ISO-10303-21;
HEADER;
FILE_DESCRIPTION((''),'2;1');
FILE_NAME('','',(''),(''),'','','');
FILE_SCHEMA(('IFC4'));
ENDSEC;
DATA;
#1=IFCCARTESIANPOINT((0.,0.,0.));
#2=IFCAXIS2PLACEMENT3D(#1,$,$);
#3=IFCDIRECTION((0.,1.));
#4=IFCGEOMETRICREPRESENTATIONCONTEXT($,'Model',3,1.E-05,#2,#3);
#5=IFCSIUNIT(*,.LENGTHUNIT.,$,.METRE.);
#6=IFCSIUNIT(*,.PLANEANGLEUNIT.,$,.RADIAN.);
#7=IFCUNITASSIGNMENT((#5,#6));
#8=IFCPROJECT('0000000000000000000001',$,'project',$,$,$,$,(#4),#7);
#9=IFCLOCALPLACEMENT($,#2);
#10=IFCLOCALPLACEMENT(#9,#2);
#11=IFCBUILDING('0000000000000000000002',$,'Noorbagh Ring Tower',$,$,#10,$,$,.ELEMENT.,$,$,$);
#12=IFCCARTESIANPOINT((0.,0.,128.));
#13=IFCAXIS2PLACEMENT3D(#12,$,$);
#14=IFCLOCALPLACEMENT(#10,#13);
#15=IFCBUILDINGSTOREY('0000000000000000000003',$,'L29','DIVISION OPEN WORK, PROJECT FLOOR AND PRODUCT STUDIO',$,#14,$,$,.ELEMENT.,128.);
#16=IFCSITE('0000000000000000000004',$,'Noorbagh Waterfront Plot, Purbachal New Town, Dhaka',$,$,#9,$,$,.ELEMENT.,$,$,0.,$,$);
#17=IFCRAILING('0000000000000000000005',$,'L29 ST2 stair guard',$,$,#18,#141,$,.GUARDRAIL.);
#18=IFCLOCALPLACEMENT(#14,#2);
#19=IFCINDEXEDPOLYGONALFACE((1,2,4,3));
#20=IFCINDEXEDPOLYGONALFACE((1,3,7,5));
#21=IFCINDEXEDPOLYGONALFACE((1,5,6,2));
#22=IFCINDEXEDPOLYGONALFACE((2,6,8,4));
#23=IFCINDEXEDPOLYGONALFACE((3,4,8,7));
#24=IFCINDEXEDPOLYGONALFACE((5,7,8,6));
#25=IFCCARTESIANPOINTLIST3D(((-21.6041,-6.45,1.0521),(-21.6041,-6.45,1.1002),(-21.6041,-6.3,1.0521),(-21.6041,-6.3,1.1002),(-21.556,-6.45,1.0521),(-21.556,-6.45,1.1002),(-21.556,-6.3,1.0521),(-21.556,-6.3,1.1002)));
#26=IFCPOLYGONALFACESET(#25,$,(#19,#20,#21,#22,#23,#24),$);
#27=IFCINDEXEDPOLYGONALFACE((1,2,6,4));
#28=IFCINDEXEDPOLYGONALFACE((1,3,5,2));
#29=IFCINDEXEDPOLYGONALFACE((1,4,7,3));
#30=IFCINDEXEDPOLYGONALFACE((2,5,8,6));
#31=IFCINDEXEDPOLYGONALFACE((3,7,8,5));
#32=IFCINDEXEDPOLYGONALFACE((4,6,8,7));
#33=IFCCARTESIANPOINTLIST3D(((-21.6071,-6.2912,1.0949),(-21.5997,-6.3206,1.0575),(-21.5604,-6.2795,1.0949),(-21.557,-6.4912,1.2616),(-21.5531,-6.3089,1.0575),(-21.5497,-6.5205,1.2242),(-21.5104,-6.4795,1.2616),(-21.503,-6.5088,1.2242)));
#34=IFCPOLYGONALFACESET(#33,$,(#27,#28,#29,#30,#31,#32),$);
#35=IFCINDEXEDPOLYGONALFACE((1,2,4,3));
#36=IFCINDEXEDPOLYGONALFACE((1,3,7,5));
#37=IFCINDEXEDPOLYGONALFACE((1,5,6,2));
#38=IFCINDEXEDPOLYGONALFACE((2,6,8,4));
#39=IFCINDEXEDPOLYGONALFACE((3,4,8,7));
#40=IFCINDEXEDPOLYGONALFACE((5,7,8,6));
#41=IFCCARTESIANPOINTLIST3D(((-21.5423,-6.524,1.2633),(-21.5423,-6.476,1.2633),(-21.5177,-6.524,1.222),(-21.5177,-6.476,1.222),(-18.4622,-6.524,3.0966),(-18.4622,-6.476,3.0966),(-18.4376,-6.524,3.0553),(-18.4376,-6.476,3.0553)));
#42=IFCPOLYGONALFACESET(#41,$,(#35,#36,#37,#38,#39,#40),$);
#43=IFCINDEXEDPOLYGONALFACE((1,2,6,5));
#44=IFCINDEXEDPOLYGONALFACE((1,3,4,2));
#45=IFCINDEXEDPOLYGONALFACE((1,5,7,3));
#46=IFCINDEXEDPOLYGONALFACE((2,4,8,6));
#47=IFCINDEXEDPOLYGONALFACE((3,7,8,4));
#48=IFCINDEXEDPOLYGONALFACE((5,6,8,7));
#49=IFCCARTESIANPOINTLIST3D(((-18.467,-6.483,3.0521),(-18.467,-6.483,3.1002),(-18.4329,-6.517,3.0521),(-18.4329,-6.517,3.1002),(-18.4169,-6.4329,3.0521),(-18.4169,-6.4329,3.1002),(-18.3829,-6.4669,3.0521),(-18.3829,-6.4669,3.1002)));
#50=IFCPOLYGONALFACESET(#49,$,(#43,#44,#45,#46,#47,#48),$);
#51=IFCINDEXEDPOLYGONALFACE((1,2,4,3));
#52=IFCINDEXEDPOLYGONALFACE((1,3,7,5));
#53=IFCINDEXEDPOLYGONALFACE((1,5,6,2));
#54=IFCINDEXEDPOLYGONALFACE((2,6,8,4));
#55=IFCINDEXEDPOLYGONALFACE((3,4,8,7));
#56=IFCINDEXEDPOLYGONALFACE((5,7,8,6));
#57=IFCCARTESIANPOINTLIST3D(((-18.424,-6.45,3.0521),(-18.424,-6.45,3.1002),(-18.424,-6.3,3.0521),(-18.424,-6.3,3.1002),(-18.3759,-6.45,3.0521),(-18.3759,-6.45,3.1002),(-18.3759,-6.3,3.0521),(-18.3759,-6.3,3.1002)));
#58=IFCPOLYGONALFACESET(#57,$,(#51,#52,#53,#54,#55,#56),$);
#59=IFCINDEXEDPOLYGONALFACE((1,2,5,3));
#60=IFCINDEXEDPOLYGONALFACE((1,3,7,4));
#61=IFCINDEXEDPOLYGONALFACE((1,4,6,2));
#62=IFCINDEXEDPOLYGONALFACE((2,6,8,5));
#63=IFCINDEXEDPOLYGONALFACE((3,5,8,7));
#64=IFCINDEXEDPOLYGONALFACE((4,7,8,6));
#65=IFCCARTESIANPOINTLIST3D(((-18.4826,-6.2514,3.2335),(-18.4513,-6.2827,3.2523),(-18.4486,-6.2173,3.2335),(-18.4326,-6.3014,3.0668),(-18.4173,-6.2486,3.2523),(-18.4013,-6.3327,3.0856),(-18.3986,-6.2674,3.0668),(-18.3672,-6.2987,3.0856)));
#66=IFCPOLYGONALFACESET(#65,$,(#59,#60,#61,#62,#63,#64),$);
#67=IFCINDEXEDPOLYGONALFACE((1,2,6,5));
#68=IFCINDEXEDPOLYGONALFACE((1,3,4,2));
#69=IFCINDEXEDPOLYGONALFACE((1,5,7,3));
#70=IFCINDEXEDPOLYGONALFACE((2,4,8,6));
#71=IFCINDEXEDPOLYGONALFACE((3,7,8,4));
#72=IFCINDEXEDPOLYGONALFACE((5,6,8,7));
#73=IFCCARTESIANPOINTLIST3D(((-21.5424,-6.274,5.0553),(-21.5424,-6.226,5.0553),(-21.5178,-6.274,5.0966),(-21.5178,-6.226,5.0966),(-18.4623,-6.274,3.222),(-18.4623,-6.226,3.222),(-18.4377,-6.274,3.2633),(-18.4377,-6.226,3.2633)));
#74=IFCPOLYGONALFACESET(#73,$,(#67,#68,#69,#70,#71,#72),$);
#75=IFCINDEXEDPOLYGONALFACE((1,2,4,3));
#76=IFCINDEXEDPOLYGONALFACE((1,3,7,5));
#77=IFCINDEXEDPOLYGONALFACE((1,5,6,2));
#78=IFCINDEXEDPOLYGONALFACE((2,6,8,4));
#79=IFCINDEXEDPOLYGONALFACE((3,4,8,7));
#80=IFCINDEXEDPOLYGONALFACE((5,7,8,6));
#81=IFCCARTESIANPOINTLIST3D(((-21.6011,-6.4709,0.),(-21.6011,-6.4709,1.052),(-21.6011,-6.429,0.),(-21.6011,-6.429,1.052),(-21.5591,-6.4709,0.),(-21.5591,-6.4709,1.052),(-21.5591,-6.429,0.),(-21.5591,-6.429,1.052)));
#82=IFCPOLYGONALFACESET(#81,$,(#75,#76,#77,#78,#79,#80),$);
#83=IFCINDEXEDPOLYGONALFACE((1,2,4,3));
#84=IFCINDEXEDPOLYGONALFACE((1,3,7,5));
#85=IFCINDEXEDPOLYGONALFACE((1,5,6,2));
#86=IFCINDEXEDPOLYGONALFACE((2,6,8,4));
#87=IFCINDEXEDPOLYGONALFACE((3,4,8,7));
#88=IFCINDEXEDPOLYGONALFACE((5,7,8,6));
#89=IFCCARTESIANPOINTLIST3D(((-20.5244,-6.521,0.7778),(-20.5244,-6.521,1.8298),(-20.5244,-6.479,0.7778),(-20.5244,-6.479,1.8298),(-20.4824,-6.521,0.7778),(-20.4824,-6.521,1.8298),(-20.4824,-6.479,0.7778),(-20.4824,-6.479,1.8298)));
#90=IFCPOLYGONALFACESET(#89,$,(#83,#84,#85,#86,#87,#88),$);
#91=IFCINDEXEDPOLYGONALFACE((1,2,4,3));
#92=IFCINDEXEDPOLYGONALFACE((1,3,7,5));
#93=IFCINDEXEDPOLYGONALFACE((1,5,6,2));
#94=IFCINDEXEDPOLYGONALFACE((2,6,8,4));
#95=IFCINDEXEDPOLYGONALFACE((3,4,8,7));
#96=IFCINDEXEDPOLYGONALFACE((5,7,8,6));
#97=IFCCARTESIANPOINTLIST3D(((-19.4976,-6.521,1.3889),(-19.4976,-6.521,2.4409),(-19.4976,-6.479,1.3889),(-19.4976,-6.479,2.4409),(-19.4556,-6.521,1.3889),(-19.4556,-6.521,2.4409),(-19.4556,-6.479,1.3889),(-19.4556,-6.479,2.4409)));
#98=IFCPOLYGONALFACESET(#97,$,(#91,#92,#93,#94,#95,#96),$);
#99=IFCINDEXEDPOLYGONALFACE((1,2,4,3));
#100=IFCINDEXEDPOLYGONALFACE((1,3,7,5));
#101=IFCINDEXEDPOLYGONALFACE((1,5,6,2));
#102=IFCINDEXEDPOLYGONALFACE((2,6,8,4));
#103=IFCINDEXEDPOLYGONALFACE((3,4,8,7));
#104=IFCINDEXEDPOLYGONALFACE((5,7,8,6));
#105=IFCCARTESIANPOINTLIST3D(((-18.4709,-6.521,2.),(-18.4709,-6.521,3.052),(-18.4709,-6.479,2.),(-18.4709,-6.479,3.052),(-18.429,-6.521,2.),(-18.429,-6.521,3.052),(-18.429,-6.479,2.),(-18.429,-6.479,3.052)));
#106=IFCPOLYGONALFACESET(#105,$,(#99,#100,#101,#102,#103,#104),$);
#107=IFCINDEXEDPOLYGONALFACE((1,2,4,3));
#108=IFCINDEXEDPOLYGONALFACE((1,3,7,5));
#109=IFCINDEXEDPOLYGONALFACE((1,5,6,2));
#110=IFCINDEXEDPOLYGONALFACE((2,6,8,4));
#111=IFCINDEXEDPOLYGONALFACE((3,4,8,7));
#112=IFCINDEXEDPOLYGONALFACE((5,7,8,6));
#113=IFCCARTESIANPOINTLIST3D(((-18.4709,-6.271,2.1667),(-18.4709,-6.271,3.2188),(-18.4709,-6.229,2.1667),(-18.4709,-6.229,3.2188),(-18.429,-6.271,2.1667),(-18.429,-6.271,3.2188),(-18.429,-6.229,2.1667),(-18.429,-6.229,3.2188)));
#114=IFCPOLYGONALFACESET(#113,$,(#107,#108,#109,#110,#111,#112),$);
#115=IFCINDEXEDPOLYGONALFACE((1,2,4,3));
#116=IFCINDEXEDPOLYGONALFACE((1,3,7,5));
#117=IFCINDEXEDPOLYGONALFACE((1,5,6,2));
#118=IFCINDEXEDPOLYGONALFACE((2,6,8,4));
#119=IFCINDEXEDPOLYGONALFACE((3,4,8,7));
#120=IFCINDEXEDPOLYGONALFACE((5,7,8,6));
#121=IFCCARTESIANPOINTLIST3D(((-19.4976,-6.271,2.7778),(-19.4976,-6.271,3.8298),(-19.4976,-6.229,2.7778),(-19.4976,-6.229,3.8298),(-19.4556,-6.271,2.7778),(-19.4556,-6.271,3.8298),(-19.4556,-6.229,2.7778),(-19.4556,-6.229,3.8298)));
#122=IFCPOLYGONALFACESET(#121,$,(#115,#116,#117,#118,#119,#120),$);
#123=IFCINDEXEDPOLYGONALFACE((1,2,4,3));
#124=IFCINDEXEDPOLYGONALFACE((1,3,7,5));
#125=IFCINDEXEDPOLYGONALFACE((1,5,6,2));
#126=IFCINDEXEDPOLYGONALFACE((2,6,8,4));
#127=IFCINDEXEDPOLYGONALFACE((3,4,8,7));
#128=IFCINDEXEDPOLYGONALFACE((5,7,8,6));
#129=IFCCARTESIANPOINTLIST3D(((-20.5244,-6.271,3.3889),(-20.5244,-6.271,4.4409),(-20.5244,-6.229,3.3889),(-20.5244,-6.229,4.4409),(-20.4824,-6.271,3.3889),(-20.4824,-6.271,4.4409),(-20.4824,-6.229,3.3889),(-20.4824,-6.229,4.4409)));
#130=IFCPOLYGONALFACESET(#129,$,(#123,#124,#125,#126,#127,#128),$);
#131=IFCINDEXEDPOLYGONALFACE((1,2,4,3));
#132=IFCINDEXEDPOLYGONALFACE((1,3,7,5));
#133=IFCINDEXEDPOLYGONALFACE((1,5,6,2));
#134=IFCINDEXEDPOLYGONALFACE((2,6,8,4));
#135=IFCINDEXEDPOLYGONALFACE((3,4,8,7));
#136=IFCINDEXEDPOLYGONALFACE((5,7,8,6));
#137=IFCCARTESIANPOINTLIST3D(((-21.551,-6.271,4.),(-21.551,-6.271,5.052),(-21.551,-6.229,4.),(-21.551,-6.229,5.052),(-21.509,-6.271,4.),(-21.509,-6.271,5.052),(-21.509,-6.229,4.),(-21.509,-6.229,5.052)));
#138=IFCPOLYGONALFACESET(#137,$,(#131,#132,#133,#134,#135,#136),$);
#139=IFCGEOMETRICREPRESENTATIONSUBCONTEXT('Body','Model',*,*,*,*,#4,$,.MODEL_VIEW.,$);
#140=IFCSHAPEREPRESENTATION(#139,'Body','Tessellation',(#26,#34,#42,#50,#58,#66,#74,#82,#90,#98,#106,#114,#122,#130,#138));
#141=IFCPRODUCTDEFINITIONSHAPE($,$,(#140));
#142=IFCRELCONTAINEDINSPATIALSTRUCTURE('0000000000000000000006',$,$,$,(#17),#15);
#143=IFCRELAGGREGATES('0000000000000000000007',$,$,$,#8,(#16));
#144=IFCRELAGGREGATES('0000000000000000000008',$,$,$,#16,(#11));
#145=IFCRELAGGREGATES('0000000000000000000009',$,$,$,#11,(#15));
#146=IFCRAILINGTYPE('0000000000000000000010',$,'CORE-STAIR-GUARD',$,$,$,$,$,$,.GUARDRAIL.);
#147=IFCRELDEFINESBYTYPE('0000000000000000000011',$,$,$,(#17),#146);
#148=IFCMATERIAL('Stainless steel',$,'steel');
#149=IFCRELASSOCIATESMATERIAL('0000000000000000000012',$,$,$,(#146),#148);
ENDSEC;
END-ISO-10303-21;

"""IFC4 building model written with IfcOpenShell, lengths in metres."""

from ifc_helpers import new_model, si_unit, direction, frame, origin, origin_2d, place, context, subcontext, project, spatial, rectangle, extrude, material, type_object, element, save


model = new_model("IFC4")

# Units and contexts
model_context = context("Model", 3, precision=1e-05, world=origin(), true_north=direction((0.0, 1.0)))
body_context = subcontext(model_context, "Body", "Model", "MODEL_VIEW")
ifc_project = project(units=[si_unit("LENGTHUNIT", "METRE"), si_unit("PLANEANGLEUNIT", "RADIAN")], contexts=[model_context])

# Site, building, storey
site_placement = place(None, origin())
site = spatial("IfcSite", under=ifc_project, at=site_placement, Name="Noorbagh Waterfront Plot, Purbachal New Town, Dhaka", CompositionType="ELEMENT", RefElevation=0.0)
building_placement = place(site_placement, origin())
building = spatial("IfcBuilding", under=site, at=building_placement, Name="Noorbagh Ring Tower", CompositionType="ELEMENT")
storey_placement = place(building_placement, frame((0.0, 0.0, 128.0)))
storey = spatial("IfcBuildingStorey", under=building, at=storey_placement, Name="L29", Description="DIVISION OPEN WORK, PROJECT FLOOR AND PRODUCT STUDIO", CompositionType="ELEMENT", Elevation=128.0)

# Railing
ifc_material_1 = material(Name="Stainless steel", Category="steel")
railing_type_1 = type_object("IfcRailingType", Name="CORE-STAIR-GUARD", PredefinedType="GUARDRAIL", material=ifc_material_1)
railing_1_placement = place(storey_placement, frame((-21.5801, -6.45, 0.0)))
element("IfcRailing", 1, at=railing_1_placement, inside=storey, type_object=railing_type_1, Name="L29 ST2 stair guard", PredefinedType="GUARDRAIL", context=body_context, shape_type="SweptSolid", body=[
    extrude(rectangle(XDim=0.0481, YDim=0.0481, at=origin_2d()), frame((0.0, 0.0, 1.0762), z_axis=(0.0, 1.0, 0.0), x_axis=(-1.0, 0.0, 0.0)), (0.0, 0.0, 1.0), 0.1499),
    extrude(rectangle(XDim=0.0481, YDim=0.0481, at=origin_2d()), frame((0.0, 0.1499, 1.0762), z_axis=(0.188776, -0.754182, 0.628946), x_axis=(0.970073, 0.242814, 0.0)), (0.0, 0.0, 1.0), 0.2651),
    extrude(rectangle(XDim=0.0481, YDim=0.0481, at=origin_2d()), frame((0.05, -0.05, 1.2427), z_axis=(0.859309, 0.0, 0.511458), x_axis=(0.0, 1.0, 0.0)), (0.0, 0.0, 1.0), 3.5845),
    extrude(rectangle(XDim=0.0481, YDim=0.0481, at=origin_2d()), frame((3.1301, -0.05, 3.0762), z_axis=(0.707107, 0.707107, 0.0), x_axis=(-0.707107, 0.707107, 0.0)), (0.0, 0.0, 1.0), 0.0708),
    extrude(rectangle(XDim=0.0481, YDim=0.0481, at=origin_2d()), frame((3.1802, 0.0, 3.0762), z_axis=(0.0, 1.0, 0.0), x_axis=(-1.0, 0.0, 0.0)), (0.0, 0.0, 1.0), 0.1499),
    extrude(rectangle(XDim=0.0481, YDim=0.0481, at=origin_2d()), frame((3.1802, 0.1499, 3.0762), z_axis=(-0.276287, 0.276287, 0.920506), x_axis=(-0.707107, -0.707107, 0.0)), (0.0, 0.0, 1.0), 0.1812),
    extrude(rectangle(XDim=0.0481, YDim=0.0481, at=origin_2d()), frame((3.1301, 0.2, 3.2427), z_axis=(-0.859309, 0.0, 0.511458), x_axis=(0.0, -1.0, 0.0)), (0.0, 0.0, 1.0), 3.5845),
    extrude(rectangle(XDim=0.042, YDim=0.042, at=origin_2d()), origin(), (0.0, 0.0, 1.0), 1.052),
    extrude(rectangle(XDim=0.042, YDim=0.042, at=origin_2d()), frame((1.0767, -0.05, 0.7778)), (0.0, 0.0, 1.0), 1.052),
    extrude(rectangle(XDim=0.042, YDim=0.042, at=origin_2d()), frame((2.1035, -0.05, 1.3889)), (0.0, 0.0, 1.0), 1.052),
    extrude(rectangle(XDim=0.042, YDim=0.042, at=origin_2d()), frame((3.1301, -0.05, 2.0)), (0.0, 0.0, 1.0), 1.052),
    extrude(rectangle(XDim=0.042, YDim=0.042, at=origin_2d()), frame((3.1301, 0.2, 2.1667)), (0.0, 0.0, 1.0), 1.052),
    extrude(rectangle(XDim=0.042, YDim=0.042, at=origin_2d()), frame((2.1035, 0.2, 2.7778)), (0.0, 0.0, 1.0), 1.052),
    extrude(rectangle(XDim=0.042, YDim=0.042, at=origin_2d()), frame((1.0767, 0.2, 3.3889)), (0.0, 0.0, 1.0), 1.052),
    extrude(rectangle(XDim=0.042, YDim=0.042, at=origin_2d()), frame((0.05, 0.2, 4.0)), (0.0, 0.0, 1.0), 1.052),
])

save(model, "model.ifc")
